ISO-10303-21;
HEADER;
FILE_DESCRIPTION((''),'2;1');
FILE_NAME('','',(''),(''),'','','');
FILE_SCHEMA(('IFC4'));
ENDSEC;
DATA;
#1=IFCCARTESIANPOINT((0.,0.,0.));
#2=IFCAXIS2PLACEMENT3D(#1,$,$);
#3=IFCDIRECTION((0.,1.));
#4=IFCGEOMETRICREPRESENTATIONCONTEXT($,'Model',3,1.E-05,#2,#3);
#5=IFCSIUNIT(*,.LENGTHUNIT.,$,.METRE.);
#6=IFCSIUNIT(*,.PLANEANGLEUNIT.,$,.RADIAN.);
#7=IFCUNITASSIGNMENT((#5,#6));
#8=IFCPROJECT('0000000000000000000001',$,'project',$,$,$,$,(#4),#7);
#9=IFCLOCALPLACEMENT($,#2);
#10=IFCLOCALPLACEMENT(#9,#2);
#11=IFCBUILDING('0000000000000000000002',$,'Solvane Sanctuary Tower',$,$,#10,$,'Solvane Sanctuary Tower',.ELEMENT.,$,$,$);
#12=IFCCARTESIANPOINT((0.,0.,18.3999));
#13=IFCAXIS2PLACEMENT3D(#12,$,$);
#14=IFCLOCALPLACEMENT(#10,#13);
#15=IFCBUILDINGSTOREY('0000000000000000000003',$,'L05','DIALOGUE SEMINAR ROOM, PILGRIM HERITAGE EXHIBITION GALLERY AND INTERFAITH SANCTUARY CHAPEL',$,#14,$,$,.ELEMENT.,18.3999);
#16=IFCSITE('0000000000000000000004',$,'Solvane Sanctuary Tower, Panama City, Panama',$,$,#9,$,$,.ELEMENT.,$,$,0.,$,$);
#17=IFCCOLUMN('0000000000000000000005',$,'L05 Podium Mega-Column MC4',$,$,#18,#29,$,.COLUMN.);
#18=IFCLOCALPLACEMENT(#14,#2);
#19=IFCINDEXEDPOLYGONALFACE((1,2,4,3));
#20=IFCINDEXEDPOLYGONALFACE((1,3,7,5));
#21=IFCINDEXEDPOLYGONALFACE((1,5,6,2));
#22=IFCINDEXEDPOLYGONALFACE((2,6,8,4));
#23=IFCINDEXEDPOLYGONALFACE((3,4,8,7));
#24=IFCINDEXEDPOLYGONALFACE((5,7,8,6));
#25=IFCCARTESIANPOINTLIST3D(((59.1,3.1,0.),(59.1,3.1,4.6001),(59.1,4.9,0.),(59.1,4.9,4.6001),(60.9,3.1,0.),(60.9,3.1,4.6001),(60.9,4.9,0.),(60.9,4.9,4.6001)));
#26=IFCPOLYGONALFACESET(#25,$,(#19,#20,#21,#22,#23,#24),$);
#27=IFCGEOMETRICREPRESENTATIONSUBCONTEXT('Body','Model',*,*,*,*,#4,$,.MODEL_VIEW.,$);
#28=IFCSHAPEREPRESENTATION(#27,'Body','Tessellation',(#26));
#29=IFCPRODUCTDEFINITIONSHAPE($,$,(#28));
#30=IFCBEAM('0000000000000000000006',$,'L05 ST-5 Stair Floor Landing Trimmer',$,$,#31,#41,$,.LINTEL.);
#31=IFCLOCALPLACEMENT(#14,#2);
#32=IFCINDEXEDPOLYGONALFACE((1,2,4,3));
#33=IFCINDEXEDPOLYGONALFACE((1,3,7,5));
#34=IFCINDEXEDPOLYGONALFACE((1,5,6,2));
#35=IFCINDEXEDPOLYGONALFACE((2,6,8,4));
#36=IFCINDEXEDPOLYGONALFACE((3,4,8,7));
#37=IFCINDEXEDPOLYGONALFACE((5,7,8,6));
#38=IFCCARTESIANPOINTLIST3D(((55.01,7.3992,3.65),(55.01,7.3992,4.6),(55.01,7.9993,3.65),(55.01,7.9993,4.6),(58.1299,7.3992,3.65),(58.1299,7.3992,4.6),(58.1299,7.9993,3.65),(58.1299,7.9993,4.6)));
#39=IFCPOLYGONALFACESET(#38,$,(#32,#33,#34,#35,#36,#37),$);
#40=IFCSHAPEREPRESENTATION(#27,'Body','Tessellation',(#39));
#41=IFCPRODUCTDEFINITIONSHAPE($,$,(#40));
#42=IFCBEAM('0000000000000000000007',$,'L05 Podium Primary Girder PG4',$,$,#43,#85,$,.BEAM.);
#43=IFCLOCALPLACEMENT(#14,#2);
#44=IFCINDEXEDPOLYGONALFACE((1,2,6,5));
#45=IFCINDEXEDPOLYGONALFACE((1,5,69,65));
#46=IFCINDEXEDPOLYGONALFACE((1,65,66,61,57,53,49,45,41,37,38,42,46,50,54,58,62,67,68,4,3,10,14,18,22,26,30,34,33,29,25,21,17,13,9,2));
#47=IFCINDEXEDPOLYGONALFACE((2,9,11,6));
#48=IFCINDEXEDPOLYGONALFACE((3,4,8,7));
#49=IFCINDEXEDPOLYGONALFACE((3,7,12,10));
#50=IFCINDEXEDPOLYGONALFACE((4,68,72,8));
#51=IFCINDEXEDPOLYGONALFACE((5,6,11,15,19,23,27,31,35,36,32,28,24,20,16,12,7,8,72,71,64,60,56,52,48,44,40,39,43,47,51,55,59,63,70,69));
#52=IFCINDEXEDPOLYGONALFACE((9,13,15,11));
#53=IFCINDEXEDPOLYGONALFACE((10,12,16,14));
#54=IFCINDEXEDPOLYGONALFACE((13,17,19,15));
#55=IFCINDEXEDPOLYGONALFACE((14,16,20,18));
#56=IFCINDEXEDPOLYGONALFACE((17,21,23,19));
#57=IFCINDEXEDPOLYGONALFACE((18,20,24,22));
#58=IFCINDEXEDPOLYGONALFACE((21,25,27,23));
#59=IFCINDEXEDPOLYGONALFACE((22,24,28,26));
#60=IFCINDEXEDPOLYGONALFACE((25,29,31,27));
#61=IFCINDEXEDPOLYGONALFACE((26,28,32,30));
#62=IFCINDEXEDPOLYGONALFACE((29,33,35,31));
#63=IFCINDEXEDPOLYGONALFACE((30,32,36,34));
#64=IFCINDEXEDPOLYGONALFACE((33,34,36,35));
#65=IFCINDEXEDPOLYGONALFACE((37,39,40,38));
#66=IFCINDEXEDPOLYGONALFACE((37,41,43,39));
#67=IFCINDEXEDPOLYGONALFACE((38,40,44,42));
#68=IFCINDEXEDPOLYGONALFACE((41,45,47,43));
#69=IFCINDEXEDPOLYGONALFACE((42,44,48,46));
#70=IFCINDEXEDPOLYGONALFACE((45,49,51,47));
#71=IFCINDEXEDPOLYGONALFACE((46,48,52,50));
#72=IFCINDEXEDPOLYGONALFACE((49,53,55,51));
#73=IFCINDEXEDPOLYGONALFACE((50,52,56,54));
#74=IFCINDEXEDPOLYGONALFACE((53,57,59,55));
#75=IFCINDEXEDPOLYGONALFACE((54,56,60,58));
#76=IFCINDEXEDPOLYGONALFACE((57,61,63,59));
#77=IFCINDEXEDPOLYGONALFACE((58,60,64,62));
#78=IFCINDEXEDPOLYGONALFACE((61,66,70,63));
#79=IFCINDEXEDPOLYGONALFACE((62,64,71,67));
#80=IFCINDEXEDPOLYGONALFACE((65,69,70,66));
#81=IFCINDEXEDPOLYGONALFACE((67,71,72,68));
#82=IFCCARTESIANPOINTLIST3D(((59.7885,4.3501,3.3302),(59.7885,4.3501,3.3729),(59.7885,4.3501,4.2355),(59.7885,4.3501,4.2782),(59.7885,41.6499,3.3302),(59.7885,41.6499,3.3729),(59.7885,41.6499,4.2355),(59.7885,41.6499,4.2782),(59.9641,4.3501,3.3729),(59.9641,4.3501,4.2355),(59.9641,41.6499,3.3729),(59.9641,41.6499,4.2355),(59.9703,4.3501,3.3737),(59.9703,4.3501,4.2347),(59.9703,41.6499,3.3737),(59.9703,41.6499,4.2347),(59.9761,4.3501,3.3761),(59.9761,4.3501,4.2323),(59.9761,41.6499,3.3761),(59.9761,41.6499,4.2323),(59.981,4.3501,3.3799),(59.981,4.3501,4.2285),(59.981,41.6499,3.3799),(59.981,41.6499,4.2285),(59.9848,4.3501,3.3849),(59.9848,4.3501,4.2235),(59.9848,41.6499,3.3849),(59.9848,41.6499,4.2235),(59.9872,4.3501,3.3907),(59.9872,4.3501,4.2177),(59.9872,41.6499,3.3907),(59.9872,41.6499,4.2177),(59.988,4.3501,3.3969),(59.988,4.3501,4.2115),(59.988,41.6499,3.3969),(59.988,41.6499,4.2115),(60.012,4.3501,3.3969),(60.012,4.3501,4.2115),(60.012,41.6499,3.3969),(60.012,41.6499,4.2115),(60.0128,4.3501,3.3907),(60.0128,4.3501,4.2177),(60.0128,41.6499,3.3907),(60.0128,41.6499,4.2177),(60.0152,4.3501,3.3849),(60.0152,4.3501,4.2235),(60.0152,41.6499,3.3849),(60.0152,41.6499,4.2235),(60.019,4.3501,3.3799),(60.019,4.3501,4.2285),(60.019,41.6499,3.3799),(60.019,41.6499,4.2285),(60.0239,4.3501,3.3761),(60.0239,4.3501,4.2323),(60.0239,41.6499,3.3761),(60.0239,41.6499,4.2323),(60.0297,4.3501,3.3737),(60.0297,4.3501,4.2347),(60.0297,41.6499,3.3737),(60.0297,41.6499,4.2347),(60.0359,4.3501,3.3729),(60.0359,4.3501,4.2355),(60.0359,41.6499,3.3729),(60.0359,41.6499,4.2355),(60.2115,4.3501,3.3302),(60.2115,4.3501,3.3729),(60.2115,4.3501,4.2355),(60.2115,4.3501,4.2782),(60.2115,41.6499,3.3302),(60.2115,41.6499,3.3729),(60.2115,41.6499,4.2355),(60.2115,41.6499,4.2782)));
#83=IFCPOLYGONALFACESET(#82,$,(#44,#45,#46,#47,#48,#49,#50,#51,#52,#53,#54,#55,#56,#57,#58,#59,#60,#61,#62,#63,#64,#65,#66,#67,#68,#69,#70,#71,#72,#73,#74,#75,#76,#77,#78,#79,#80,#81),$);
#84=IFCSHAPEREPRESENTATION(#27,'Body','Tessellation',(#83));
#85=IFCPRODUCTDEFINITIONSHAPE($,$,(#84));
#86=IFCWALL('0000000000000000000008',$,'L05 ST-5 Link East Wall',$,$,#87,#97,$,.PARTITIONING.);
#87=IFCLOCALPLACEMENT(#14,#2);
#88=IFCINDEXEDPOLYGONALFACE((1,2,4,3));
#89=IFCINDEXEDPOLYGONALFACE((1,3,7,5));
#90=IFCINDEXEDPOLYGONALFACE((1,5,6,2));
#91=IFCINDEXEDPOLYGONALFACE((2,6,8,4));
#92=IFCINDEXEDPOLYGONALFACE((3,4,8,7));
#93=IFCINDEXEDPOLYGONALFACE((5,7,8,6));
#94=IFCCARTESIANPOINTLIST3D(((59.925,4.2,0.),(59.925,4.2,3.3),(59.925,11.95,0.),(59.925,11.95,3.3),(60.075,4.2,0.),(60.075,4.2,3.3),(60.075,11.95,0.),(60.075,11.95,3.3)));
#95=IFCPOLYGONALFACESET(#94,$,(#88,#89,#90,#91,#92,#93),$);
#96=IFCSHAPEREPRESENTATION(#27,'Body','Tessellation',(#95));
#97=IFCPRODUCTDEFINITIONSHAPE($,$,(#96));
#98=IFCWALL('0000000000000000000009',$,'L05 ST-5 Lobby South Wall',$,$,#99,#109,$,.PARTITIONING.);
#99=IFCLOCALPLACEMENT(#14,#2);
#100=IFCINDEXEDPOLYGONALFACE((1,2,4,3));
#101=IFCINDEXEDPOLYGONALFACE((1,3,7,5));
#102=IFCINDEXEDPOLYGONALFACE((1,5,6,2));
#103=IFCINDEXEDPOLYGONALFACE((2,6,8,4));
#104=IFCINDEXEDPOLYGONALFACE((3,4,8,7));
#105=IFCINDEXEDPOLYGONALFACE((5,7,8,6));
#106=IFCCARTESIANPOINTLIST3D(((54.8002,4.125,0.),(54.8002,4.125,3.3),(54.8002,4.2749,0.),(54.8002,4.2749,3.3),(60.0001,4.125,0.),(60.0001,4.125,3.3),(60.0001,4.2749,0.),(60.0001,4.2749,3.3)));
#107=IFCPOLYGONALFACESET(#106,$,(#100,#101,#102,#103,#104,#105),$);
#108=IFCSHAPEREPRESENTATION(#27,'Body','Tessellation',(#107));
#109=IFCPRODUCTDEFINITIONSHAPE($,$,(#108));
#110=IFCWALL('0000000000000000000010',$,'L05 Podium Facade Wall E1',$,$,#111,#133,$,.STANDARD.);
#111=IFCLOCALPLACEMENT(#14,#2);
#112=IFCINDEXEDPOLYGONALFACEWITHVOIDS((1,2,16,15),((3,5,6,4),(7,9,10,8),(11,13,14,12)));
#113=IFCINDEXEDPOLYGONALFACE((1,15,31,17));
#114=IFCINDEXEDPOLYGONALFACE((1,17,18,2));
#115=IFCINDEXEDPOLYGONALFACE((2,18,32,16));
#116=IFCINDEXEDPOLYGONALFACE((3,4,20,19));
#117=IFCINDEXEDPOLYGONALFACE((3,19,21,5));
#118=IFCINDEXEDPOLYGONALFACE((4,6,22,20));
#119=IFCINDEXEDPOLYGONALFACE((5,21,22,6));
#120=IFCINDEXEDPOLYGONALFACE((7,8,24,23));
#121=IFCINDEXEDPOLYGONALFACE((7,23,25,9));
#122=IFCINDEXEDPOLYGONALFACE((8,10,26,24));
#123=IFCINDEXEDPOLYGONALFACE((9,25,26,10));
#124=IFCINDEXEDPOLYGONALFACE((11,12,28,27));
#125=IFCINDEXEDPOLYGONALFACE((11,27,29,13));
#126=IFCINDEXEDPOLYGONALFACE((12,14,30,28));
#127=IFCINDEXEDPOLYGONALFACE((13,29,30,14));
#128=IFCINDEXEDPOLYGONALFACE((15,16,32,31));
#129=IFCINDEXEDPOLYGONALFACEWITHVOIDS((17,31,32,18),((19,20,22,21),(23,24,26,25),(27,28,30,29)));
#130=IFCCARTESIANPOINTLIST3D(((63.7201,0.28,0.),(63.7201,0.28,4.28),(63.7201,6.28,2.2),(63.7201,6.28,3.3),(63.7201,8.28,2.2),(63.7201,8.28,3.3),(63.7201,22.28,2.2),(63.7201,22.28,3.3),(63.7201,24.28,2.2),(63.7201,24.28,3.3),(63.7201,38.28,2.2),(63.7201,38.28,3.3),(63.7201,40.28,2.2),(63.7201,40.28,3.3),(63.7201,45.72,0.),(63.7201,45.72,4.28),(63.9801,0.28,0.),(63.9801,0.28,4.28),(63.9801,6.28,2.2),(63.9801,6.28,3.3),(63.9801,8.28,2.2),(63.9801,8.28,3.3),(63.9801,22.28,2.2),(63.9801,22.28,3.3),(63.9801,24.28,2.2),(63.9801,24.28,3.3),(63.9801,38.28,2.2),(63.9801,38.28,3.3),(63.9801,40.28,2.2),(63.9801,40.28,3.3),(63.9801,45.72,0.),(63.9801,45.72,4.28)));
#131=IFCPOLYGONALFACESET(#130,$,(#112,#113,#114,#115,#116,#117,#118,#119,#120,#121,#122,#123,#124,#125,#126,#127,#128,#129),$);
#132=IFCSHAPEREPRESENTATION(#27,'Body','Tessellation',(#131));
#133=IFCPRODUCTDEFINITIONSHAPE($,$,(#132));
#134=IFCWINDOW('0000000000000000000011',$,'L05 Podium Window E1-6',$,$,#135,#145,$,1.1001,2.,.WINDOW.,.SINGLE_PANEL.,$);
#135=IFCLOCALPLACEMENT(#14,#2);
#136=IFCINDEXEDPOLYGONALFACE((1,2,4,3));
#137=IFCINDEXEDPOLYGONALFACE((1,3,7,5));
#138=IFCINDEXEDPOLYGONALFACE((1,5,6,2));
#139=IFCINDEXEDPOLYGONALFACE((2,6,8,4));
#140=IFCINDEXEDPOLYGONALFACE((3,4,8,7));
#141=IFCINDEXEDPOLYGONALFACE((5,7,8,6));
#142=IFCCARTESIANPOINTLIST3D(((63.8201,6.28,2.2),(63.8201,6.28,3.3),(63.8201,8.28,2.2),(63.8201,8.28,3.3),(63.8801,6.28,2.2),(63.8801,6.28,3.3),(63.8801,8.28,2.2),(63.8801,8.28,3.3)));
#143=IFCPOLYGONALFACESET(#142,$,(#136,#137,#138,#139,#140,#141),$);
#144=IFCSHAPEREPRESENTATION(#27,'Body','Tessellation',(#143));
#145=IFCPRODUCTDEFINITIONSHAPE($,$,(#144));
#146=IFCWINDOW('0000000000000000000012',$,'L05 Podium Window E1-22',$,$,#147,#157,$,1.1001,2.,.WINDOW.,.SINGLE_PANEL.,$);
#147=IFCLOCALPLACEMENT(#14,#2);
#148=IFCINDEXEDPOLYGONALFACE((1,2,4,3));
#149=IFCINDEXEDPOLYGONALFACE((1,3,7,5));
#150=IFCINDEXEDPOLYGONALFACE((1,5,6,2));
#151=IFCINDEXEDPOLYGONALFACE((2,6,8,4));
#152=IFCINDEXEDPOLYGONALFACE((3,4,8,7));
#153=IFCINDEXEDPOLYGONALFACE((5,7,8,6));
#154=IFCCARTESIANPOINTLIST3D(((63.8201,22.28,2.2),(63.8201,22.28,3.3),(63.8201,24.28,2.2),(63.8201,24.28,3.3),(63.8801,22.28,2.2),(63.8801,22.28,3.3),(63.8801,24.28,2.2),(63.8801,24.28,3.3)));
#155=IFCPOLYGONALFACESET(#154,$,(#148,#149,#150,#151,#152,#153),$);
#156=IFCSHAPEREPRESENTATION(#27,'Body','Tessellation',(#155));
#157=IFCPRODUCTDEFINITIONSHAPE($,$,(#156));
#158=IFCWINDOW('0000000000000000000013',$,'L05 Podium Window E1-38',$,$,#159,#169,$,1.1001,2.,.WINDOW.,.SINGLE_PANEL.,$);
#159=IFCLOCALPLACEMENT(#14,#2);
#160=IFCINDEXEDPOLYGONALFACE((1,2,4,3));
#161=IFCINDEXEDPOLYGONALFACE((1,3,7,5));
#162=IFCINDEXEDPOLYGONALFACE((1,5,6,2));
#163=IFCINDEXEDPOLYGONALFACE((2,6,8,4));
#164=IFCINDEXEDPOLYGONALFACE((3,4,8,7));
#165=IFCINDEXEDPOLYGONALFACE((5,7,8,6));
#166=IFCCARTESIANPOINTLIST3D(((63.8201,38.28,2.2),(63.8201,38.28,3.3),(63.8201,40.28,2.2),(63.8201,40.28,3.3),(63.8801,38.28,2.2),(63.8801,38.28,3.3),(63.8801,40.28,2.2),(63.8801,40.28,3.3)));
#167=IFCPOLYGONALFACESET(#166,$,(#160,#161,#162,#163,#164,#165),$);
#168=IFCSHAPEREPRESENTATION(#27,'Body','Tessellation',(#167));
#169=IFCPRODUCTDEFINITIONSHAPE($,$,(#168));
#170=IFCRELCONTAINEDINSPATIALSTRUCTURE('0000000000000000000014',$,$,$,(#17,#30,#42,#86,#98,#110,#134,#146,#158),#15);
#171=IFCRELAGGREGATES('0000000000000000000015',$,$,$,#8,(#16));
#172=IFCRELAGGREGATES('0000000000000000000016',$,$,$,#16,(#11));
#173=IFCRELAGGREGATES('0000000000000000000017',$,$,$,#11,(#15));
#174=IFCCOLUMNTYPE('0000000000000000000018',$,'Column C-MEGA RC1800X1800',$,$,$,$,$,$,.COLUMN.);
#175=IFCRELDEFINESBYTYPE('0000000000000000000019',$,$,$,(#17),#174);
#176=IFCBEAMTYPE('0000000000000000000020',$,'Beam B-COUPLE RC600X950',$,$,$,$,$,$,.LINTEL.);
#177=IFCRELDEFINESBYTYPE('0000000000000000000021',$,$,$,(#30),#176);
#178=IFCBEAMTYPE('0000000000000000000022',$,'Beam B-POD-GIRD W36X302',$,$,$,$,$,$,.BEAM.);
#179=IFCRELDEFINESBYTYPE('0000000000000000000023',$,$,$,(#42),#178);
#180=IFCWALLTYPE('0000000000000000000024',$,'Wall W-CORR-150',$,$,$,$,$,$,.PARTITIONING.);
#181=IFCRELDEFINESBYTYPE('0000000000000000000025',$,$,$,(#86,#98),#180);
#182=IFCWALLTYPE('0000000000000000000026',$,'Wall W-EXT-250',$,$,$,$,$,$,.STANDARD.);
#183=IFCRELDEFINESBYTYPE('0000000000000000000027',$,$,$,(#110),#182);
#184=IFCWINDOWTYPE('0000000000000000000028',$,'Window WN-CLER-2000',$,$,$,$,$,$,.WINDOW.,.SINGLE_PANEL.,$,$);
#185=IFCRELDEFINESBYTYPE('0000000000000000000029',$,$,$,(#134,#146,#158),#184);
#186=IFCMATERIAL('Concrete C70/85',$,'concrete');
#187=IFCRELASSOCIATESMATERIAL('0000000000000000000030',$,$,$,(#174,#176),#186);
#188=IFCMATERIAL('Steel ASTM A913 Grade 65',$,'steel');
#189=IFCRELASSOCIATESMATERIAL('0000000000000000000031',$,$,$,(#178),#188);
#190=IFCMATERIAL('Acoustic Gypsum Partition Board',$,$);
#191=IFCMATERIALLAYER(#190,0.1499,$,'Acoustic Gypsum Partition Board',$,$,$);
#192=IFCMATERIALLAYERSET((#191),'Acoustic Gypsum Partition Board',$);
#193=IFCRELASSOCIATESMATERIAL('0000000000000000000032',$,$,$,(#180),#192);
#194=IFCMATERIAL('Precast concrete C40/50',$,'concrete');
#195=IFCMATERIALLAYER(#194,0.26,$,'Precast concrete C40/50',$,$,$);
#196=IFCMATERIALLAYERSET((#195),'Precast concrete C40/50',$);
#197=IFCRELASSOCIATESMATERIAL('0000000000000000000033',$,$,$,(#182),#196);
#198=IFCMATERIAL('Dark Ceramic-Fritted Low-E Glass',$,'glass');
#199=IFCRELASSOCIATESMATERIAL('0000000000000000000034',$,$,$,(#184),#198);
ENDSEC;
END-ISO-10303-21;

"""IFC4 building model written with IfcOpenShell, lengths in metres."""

from ifc_helpers import new_model, si_unit, direction, frame, frame_2d, origin, origin_2d, place, context, subcontext, project, spatial, rectangle, i_section, extrude, material, layer, layer_set, material_profile, profile_set, type_object, element, fill, save


model = new_model("IFC4")

# Units and contexts
model_context = context("Model", 3, precision=1e-05, world=origin(), true_north=direction((0.0, 1.0)))
body_context = subcontext(model_context, "Body", "Model", "MODEL_VIEW")
ifc_project = project(units=[si_unit("LENGTHUNIT", "METRE"), si_unit("PLANEANGLEUNIT", "RADIAN")], contexts=[model_context])

# Site, building, storey
site_placement = place(None, origin())
site = spatial("IfcSite", under=ifc_project, at=site_placement, Name="Solvane Sanctuary Tower, Panama City, Panama", CompositionType="ELEMENT", RefElevation=0.0)
building_placement = place(site_placement, origin())
building = spatial("IfcBuilding", under=site, at=building_placement, Name="Solvane Sanctuary Tower", LongName="Solvane Sanctuary Tower", CompositionType="ELEMENT")
storey_placement = place(building_placement, frame((0.0, 0.0, 18.3999)))
storey = spatial("IfcBuildingStorey", under=building, at=storey_placement, Name="L05", Description="DIALOGUE SEMINAR ROOM, PILGRIM HERITAGE EXHIBITION GALLERY AND INTERFAITH SANCTUARY CHAPEL", CompositionType="ELEMENT", Elevation=18.3999)

# Column
ifc_material_1 = material(Name="Concrete C70/85", Category="concrete")
ifc_material_profile_1 = material_profile(ifc_material_1, rectangle(XDim=1.8, YDim=1.8, at=origin_2d()), Name="RC1800X1800")
ifc_profile_set_1 = profile_set([ifc_material_profile_1], Name="Concrete C70/85")
column_type = type_object("IfcColumnType", Name="Column C-MEGA RC1800X1800", PredefinedType="COLUMN", material=ifc_profile_set_1)
column_placement = place(storey_placement, frame((60.0, 4.0, 0.0), z_axis=(0.0, 0.0, 1.0), x_axis=(1.0, 0.0, 0.0)))
element("IfcColumn", 1, at=column_placement, inside=storey, type_object=column_type, Name="L05 Podium Mega-Column MC4", PredefinedType="COLUMN", context=body_context, shape_type="SweptSolid", body=[
    extrude(rectangle(XDim=1.8, YDim=1.8, at=origin_2d()), origin(), (0.0, 0.0, 1.0), 4.6001),
])

# Beams
ifc_material_profile_2 = material_profile(ifc_material_1, rectangle(XDim=0.6001, YDim=0.95, at=origin_2d()), Name="RC600X950")
ifc_profile_set_2 = profile_set([ifc_material_profile_2], Name="Concrete C70/85")
beam_type_1 = type_object("IfcBeamType", Name="Beam B-COUPLE RC600X950", PredefinedType="LINTEL", material=ifc_profile_set_2)
beam_1_placement = place(storey_placement, frame((55.01, 7.6992, 4.125), z_axis=(1.0, 0.0, 0.0), x_axis=(0.0, 1.0, 0.0)))
element("IfcBeam", 2, at=beam_1_placement, inside=storey, type_object=beam_type_1, Name="L05 ST-5 Stair Floor Landing Trimmer", PredefinedType="LINTEL", context=body_context, shape_type="SweptSolid", body=[
    extrude(rectangle(XDim=0.6001, YDim=0.95, at=origin_2d()), origin(), (0.0, 0.0, 1.0), 3.1199),
])
ifc_material_2 = material(Name="Steel ASTM A913 Grade 65", Category="steel")
ifc_material_profile_3 = material_profile(ifc_material_2, i_section(OverallWidth=0.4231, OverallDepth=0.948, WebThickness=0.0239, FlangeThickness=0.0427, FilletRadius=0.0239, at=origin_2d()), Name="W36X302")
ifc_profile_set_3 = profile_set([ifc_material_profile_3], Name="Steel ASTM A913 Grade 65")
beam_type_2 = type_object("IfcBeamType", Name="Beam B-POD-GIRD W36X302", PredefinedType="BEAM", material=ifc_profile_set_3)
beam_2_placement = place(storey_placement, frame((60.0, 4.3501, 3.8042), z_axis=(0.0, 1.0, 0.0), x_axis=(-1.0, 0.0, 0.0)))
element("IfcBeam", 3, at=beam_2_placement, inside=storey, type_object=beam_type_2, Name="L05 Podium Primary Girder PG4", PredefinedType="BEAM", context=body_context, shape_type="SweptSolid", body=[
    extrude(i_section(OverallWidth=0.4231, OverallDepth=0.948, WebThickness=0.0239, FlangeThickness=0.0427, FilletRadius=0.0239, at=origin_2d()), origin(), (0.0, 0.0, 1.0), 37.2998),
])

# Walls
ifc_material_3 = material(Name="Acoustic Gypsum Partition Board")
ifc_layer_1 = layer(ifc_material_3, 0.1499, Name="Acoustic Gypsum Partition Board")
ifc_layer_set_1 = layer_set([ifc_layer_1], Name="Acoustic Gypsum Partition Board")
wall_type_1 = type_object("IfcWallType", Name="Wall W-CORR-150", PredefinedType="PARTITIONING", material=ifc_layer_set_1)
wall_1_placement = place(storey_placement, frame((60.0, 4.2, 0.0), z_axis=(0.0, 0.0, 1.0), x_axis=(0.0, 1.0, 0.0)))
element("IfcWall", 4, at=wall_1_placement, inside=storey, type_object=wall_type_1, Name="L05 ST-5 Link East Wall", PredefinedType="PARTITIONING", context=body_context, shape_type="SweptSolid", body=[
    extrude(rectangle(XDim=7.75, YDim=0.1499, at=frame_2d((3.875, 0.0))), origin(), (0.0, 0.0, 1.0), 3.3),
])
wall_2_placement = place(storey_placement, frame((54.8, 4.2, 0.0), z_axis=(0.0, 0.0, 1.0), x_axis=(1.0, 0.0, 0.0)))
element("IfcWall", 5, at=wall_2_placement, inside=storey, type_object=wall_type_1, Name="L05 ST-5 Lobby South Wall", PredefinedType="PARTITIONING", context=body_context, shape_type="SweptSolid", body=[
    extrude(rectangle(XDim=5.2, YDim=0.1499, at=frame_2d((2.6001, 0.0))), origin(), (0.0, 0.0, 1.0), 3.3),
])

# Wall, openings, windows
ifc_material_4 = material(Name="Precast concrete C40/50", Category="concrete")
ifc_layer_2 = layer(ifc_material_4, 0.26, Name="Precast concrete C40/50")
ifc_layer_set_2 = layer_set([ifc_layer_2], Name="Precast concrete C40/50")
wall_type_2 = type_object("IfcWallType", Name="Wall W-EXT-250", PredefinedType="STANDARD", material=ifc_layer_set_2)
wall_3_placement = place(storey_placement, frame((63.8501, 0.28, 0.0), z_axis=(0.0, 0.0, 1.0), x_axis=(0.0, 1.0, 0.0)))
wall_3 = element("IfcWall", 6, at=wall_3_placement, inside=storey, type_object=wall_type_2, Name="L05 Podium Facade Wall E1", PredefinedType="STANDARD", context=body_context, shape_type="SweptSolid", body=[
    extrude(rectangle(XDim=45.4399, YDim=0.26, at=frame_2d((22.72, 0.0))), origin(), (0.0, 0.0, 1.0), 4.28),
])
opening_1_placement = place(wall_3_placement, frame((6.0, 0.0, 2.2)))
opening_1 = element("IfcOpeningElement", 7, at=opening_1_placement, cuts=wall_3, PredefinedType="OPENING", context=body_context, shape_type="SweptSolid", body=[
    extrude(rectangle(XDim=2.0, YDim=1.1001, at=frame_2d((1.0, 0.55))), frame((0.0, 0.1399, 0.0), z_axis=(0.0, -1.0, 0.0), x_axis=(1.0, 0.0, 0.0)), (0.0, 0.0, 1.0), 0.28),
])
opening_2_placement = place(wall_3_placement, frame((22.0, 0.0, 2.2)))
opening_2 = element("IfcOpeningElement", 8, at=opening_2_placement, cuts=wall_3, PredefinedType="OPENING", context=body_context, shape_type="SweptSolid", body=[
    extrude(rectangle(XDim=2.0, YDim=1.1001, at=frame_2d((1.0, 0.55))), frame((0.0, 0.1399, 0.0), z_axis=(0.0, -1.0, 0.0), x_axis=(1.0, 0.0, 0.0)), (0.0, 0.0, 1.0), 0.28),
])
opening_3_placement = place(wall_3_placement, frame((38.0, 0.0, 2.2)))
opening_3 = element("IfcOpeningElement", 9, at=opening_3_placement, cuts=wall_3, PredefinedType="OPENING", context=body_context, shape_type="SweptSolid", body=[
    extrude(rectangle(XDim=2.0, YDim=1.1001, at=frame_2d((1.0, 0.55))), frame((0.0, 0.1399, 0.0), z_axis=(0.0, -1.0, 0.0), x_axis=(1.0, 0.0, 0.0)), (0.0, 0.0, 1.0), 0.28),
])
ifc_material_5 = material(Name="Dark Ceramic-Fritted Low-E Glass", Category="glass")
window_type = type_object("IfcWindowType", Name="Window WN-CLER-2000", PartitioningType="SINGLE_PANEL", PredefinedType="WINDOW", material=ifc_material_5)
window_1_placement = place(opening_1_placement, origin())
window_1 = element("IfcWindow", 10, at=window_1_placement, inside=storey, type_object=window_type, Name="L05 Podium Window E1-6", OverallHeight=1.1001, OverallWidth=2.0, PartitioningType="SINGLE_PANEL", PredefinedType="WINDOW", context=body_context, shape_type="SweptSolid", body=[
    extrude(rectangle(XDim=2.0, YDim=1.1001, at=frame_2d((1.0, 0.55))), frame((0.0, 0.03, 0.0), z_axis=(0.0, -1.0, 0.0), x_axis=(1.0, 0.0, 0.0)), (0.0, 0.0, 1.0), 0.0601),
])
fill(opening_1, window_1)
window_2_placement = place(opening_2_placement, origin())
window_2 = element("IfcWindow", 11, at=window_2_placement, inside=storey, type_object=window_type, Name="L05 Podium Window E1-22", OverallHeight=1.1001, OverallWidth=2.0, PartitioningType="SINGLE_PANEL", PredefinedType="WINDOW", context=body_context, shape_type="SweptSolid", body=[
    extrude(rectangle(XDim=2.0, YDim=1.1001, at=frame_2d((1.0, 0.55))), frame((0.0, 0.03, 0.0), z_axis=(0.0, -1.0, 0.0), x_axis=(1.0, 0.0, 0.0)), (0.0, 0.0, 1.0), 0.0601),
])
fill(opening_2, window_2)
window_3_placement = place(opening_3_placement, origin())
window_3 = element("IfcWindow", 12, at=window_3_placement, inside=storey, type_object=window_type, Name="L05 Podium Window E1-38", OverallHeight=1.1001, OverallWidth=2.0, PartitioningType="SINGLE_PANEL", PredefinedType="WINDOW", context=body_context, shape_type="SweptSolid", body=[
    extrude(rectangle(XDim=2.0, YDim=1.1001, at=frame_2d((1.0, 0.55))), frame((0.0, 0.03, 0.0), z_axis=(0.0, -1.0, 0.0), x_axis=(1.0, 0.0, 0.0)), (0.0, 0.0, 1.0), 0.0601),
])
fill(opening_3, window_3)

save(model, "model.ifc")
